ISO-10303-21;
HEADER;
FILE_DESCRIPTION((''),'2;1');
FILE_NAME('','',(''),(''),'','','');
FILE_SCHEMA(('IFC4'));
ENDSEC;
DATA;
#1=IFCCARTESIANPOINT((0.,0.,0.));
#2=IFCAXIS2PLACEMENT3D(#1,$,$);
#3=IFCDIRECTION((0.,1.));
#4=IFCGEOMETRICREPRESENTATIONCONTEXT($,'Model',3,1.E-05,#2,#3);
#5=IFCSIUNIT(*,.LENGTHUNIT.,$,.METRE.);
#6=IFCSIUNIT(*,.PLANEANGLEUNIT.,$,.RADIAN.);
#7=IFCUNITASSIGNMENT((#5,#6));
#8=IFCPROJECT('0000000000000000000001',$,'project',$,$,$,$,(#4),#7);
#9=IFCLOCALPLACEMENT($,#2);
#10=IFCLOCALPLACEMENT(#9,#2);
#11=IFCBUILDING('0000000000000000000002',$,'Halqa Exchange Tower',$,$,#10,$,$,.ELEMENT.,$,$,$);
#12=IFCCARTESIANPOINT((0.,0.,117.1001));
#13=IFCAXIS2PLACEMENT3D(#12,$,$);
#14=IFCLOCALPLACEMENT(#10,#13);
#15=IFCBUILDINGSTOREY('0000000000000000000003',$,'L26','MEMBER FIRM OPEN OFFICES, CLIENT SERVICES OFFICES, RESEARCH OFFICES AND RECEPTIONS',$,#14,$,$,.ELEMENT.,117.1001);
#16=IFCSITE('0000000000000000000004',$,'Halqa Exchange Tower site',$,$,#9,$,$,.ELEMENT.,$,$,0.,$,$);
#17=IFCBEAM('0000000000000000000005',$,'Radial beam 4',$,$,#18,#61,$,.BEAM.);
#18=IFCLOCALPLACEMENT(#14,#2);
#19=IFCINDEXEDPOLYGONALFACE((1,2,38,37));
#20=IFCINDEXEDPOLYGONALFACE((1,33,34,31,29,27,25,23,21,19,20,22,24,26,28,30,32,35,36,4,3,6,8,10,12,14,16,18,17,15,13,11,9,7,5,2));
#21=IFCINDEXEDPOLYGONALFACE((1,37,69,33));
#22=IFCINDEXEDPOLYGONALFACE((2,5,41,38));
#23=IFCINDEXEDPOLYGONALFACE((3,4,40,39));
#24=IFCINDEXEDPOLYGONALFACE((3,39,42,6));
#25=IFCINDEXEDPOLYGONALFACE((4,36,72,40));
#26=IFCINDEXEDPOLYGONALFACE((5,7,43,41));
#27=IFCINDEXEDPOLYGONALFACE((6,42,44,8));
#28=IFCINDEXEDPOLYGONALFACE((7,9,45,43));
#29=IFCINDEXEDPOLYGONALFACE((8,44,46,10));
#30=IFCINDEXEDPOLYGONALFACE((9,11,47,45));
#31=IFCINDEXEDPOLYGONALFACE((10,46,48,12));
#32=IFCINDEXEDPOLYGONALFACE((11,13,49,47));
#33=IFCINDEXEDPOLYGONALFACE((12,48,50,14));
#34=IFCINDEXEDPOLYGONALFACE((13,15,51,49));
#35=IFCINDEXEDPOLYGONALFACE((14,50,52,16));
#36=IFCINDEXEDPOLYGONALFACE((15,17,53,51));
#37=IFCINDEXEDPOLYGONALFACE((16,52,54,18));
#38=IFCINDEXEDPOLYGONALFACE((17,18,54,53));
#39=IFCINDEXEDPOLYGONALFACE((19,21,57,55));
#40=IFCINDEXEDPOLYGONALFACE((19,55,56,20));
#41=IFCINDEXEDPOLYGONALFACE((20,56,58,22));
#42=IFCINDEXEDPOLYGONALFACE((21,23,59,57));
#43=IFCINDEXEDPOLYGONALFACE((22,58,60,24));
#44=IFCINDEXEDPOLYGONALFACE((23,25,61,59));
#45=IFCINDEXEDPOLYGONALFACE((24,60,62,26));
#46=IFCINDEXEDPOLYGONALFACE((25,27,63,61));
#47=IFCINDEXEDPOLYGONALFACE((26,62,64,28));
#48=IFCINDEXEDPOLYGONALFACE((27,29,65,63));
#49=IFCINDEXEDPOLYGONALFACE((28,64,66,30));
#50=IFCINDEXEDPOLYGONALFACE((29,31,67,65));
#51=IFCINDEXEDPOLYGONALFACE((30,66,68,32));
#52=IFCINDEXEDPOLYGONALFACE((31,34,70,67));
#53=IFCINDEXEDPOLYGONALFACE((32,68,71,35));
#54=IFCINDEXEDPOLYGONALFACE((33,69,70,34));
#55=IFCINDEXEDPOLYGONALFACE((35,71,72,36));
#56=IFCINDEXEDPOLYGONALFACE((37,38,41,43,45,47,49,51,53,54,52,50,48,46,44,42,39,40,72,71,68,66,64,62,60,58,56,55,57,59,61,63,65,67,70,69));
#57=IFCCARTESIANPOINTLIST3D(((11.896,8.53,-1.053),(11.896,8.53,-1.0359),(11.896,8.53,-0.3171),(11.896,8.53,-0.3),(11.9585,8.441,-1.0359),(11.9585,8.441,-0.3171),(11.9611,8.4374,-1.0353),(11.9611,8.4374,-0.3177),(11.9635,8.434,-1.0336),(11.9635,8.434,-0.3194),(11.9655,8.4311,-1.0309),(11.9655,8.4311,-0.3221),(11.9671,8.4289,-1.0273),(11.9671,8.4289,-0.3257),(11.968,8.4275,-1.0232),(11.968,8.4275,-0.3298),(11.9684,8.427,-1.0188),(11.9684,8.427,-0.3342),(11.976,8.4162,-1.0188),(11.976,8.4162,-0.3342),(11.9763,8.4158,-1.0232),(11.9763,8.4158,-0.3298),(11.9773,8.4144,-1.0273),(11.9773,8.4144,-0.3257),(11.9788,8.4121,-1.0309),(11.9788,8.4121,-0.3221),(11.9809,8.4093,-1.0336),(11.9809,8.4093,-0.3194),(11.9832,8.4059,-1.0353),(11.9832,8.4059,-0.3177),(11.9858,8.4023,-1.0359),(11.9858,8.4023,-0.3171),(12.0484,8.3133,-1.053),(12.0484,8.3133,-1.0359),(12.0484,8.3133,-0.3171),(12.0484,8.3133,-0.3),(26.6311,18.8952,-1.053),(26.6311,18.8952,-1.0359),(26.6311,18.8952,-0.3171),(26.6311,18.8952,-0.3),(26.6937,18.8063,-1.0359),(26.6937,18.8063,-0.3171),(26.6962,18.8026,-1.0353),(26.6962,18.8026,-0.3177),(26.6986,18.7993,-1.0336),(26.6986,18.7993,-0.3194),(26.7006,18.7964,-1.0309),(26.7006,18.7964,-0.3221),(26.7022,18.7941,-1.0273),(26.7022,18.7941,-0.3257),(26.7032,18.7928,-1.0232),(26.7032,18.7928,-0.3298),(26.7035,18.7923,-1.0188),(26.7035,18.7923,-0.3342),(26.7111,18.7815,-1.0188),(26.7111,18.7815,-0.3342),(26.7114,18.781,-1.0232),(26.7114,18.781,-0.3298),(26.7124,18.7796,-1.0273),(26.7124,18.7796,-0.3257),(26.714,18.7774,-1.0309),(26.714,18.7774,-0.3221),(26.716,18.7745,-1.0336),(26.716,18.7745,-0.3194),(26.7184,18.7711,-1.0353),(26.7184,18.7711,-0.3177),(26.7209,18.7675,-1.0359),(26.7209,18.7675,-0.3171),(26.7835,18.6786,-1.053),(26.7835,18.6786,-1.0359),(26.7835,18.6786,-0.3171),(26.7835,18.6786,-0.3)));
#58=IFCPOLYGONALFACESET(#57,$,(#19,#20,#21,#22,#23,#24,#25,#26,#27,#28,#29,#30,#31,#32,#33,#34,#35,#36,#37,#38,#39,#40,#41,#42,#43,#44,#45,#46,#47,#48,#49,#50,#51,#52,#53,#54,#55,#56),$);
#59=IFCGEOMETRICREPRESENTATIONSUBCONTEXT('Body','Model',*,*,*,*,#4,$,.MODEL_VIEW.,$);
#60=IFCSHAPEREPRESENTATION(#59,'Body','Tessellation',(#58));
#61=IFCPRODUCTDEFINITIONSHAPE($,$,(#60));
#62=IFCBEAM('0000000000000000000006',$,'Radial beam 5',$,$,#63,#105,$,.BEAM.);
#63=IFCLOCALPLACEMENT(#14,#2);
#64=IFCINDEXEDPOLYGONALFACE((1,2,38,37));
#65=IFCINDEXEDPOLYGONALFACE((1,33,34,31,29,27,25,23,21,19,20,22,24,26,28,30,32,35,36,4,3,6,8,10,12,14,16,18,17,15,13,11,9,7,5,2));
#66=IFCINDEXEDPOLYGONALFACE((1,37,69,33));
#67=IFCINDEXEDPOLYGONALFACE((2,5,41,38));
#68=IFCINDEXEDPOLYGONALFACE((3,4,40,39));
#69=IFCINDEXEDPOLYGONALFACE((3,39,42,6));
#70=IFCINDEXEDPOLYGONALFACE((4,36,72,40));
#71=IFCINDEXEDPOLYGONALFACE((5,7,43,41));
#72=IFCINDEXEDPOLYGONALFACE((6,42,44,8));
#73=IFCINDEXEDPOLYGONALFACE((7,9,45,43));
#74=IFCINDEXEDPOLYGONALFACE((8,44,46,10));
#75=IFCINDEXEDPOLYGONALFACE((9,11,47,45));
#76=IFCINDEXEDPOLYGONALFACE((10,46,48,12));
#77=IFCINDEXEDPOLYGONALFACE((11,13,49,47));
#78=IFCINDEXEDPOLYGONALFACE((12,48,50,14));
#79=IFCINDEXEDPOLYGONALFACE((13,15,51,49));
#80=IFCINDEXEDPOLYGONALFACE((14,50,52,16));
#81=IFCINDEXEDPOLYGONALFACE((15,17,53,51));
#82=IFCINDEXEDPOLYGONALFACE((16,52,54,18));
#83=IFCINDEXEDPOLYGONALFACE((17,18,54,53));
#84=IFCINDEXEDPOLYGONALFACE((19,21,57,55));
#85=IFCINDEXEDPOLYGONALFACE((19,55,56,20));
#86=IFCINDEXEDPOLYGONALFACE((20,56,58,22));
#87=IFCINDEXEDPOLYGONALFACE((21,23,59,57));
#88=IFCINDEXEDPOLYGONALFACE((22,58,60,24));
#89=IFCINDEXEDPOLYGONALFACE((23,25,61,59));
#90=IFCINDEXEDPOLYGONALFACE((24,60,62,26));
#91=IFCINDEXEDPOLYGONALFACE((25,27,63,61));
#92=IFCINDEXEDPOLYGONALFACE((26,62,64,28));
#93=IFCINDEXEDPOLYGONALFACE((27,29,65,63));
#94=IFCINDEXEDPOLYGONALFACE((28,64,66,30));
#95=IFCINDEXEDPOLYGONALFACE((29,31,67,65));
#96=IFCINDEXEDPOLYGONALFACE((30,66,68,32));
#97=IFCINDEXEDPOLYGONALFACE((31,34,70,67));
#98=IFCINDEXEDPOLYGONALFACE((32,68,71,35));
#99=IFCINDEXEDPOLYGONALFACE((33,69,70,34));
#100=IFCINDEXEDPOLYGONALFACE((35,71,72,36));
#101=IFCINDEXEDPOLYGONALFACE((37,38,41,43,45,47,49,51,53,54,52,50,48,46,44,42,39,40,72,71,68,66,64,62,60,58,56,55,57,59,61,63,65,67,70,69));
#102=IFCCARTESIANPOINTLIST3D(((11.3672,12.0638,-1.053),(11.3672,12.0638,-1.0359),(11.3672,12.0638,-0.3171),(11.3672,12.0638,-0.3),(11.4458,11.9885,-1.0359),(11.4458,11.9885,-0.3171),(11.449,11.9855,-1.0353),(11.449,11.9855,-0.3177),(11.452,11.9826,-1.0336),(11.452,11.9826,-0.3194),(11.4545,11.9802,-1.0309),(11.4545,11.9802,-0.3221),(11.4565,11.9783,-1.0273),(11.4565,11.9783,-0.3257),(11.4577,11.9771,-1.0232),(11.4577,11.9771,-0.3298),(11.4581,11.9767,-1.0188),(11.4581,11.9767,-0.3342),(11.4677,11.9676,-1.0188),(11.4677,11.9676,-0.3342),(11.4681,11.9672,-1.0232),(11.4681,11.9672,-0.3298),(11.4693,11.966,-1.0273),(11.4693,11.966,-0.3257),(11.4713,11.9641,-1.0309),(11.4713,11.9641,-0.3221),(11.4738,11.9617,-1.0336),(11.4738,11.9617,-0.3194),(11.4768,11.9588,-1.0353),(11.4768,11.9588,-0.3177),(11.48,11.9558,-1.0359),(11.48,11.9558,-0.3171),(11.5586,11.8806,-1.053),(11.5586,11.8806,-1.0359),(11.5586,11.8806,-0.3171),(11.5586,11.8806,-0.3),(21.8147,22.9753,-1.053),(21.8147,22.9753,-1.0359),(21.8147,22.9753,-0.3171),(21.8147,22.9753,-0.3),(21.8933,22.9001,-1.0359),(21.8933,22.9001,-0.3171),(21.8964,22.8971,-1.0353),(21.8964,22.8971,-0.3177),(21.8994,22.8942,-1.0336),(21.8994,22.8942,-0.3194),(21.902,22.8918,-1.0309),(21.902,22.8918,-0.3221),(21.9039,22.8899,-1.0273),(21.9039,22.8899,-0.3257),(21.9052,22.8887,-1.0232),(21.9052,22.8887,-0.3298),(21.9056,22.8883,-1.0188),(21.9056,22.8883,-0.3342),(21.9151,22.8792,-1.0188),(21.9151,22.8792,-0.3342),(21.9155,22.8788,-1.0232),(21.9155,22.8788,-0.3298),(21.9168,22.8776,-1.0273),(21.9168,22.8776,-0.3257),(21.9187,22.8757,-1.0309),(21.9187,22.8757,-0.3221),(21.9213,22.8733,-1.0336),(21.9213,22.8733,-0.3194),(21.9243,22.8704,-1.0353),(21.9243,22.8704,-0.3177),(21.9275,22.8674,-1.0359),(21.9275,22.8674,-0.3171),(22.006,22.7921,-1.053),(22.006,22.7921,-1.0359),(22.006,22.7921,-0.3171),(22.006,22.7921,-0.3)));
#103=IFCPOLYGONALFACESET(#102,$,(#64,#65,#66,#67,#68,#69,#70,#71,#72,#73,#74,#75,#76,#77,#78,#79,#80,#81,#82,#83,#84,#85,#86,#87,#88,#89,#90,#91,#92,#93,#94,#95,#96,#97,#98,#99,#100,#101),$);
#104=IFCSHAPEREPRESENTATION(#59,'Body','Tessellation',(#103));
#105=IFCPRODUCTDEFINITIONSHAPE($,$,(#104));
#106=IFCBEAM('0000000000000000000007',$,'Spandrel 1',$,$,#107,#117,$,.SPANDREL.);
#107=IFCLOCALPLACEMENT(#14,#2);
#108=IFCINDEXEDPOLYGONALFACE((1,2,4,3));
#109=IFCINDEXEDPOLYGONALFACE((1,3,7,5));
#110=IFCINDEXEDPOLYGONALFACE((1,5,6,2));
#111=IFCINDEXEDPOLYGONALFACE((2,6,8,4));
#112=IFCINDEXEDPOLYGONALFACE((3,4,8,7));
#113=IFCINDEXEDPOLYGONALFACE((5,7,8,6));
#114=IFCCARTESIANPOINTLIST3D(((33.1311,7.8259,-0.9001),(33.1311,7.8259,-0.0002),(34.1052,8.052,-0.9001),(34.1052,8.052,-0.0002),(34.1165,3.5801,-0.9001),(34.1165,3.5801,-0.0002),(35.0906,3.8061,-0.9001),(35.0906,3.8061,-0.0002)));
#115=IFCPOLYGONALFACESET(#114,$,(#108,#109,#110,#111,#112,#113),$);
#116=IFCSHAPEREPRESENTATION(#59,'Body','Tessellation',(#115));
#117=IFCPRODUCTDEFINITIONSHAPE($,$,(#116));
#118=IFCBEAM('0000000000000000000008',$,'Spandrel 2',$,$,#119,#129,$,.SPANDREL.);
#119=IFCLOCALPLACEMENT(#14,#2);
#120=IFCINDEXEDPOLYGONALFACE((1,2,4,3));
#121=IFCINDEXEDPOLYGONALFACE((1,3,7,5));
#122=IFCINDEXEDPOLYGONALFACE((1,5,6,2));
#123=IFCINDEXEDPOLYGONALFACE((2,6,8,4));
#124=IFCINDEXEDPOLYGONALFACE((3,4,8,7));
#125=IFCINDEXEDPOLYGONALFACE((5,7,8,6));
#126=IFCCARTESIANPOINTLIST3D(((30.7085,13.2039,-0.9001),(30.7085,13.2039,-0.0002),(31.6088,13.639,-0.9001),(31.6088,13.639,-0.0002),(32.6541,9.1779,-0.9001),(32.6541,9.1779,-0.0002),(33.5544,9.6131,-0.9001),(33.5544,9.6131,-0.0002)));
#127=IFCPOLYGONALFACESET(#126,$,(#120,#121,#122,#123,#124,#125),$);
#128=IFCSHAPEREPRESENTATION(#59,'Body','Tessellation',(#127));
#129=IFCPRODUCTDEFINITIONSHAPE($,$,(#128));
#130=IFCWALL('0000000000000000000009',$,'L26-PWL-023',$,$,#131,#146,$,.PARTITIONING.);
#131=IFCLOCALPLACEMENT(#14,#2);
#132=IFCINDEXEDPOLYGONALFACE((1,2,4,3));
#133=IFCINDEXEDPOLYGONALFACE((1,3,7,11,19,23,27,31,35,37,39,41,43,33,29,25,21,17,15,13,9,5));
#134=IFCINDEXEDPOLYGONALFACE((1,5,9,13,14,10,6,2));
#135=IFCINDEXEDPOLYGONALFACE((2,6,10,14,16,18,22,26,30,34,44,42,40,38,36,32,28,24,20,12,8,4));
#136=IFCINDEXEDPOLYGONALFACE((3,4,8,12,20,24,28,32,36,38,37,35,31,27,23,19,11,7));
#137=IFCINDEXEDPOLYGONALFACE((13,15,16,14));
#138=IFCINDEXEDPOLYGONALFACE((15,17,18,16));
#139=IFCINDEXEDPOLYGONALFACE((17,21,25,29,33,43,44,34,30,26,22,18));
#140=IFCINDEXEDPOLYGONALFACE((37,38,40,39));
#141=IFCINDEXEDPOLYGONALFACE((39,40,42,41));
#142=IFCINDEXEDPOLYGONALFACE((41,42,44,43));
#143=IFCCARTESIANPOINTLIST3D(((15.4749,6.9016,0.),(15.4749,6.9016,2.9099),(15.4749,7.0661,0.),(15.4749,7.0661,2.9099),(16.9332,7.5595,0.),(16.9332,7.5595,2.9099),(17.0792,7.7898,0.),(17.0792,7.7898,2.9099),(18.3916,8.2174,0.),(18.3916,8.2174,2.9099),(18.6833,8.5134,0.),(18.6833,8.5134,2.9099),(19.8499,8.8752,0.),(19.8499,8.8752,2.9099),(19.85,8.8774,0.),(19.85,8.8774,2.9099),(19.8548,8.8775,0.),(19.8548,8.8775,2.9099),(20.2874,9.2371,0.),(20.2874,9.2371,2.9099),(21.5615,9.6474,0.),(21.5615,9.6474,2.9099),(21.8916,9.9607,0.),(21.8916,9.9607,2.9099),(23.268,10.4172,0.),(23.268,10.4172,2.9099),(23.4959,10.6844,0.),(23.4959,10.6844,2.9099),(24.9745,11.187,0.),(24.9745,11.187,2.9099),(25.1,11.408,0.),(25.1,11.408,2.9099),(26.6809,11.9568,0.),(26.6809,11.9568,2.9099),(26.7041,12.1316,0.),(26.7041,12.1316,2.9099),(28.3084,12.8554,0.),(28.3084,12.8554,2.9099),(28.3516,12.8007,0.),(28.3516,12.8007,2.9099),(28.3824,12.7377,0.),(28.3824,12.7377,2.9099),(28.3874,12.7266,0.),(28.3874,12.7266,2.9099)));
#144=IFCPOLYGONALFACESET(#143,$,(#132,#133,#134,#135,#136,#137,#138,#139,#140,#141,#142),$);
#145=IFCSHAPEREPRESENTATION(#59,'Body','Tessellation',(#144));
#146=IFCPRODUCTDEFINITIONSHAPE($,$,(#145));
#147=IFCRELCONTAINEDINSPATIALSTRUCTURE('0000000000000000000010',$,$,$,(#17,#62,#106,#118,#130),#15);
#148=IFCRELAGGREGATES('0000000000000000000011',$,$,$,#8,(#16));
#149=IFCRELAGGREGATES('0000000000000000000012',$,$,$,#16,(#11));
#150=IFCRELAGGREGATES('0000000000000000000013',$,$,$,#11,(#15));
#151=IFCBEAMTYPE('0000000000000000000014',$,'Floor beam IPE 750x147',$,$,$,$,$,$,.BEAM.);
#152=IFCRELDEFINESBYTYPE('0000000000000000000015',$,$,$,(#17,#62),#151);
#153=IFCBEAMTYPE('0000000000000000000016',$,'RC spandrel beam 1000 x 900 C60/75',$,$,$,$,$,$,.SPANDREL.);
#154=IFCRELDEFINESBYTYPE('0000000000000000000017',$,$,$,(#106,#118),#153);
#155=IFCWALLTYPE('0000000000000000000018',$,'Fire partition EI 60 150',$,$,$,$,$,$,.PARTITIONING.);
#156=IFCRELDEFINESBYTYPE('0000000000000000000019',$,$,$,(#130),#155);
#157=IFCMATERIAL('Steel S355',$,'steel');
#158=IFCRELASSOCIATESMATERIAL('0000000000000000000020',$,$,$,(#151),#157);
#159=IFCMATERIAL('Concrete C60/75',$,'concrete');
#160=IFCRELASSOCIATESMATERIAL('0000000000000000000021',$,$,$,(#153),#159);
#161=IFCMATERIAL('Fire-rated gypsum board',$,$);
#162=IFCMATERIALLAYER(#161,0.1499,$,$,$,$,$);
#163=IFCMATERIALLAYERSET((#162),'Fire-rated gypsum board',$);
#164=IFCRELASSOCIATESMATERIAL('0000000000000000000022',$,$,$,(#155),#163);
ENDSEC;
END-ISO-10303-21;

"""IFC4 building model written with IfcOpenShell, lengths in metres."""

from ifc_helpers import new_model, si_unit, direction, frame, origin, origin_2d, place, context, subcontext, project, spatial, polyline, rectangle, i_section, outline, extrude, material, layer, layer_set, material_profile, profile_set, type_object, element, save


model = new_model("IFC4")

# Units and contexts
model_context = context("Model", 3, precision=1e-05, world=origin(), true_north=direction((0.0, 1.0)))
body_context = subcontext(model_context, "Body", "Model", "MODEL_VIEW")
ifc_project = project(units=[si_unit("LENGTHUNIT", "METRE"), si_unit("PLANEANGLEUNIT", "RADIAN")], contexts=[model_context])

# Site, building, storey
site_placement = place(None, origin())
site = spatial("IfcSite", under=ifc_project, at=site_placement, Name="Halqa Exchange Tower site", CompositionType="ELEMENT", RefElevation=0.0)
building_placement = place(site_placement, origin())
building = spatial("IfcBuilding", under=site, at=building_placement, Name="Halqa Exchange Tower", CompositionType="ELEMENT")
storey_placement = place(building_placement, frame((0.0, 0.0, 117.1001)))
storey = spatial("IfcBuildingStorey", under=building, at=storey_placement, Name="L26", Description="MEMBER FIRM OPEN OFFICES, CLIENT SERVICES OFFICES, RESEARCH OFFICES AND RECEPTIONS", CompositionType="ELEMENT", Elevation=117.1001)

# Beams
ifc_material_1 = material(Name="Steel S355", Category="steel")
ifc_material_profile_1 = material_profile(ifc_material_1, i_section(OverallWidth=0.2649, OverallDepth=0.7529, WebThickness=0.0132, FlangeThickness=0.0171, FilletRadius=0.0171, at=origin_2d()), Name="IPE 750x147")
ifc_profile_set_1 = profile_set([ifc_material_profile_1], Name="Steel S355")
beam_type_1 = type_object("IfcBeamType", Name="Floor beam IPE 750x147", PredefinedType="BEAM", material=ifc_profile_set_1)
beam_1_placement = place(storey_placement, frame((11.9722, 8.4216, -0.6765), z_axis=(0.817909, 0.575348, 0.0), x_axis=(-0.575348, 0.817909, 0.0)))
element("IfcBeam", 1, at=beam_1_placement, inside=storey, type_object=beam_type_1, Name="Radial beam 4", PredefinedType="BEAM", context=body_context, shape_type="SweptSolid", body=[
    extrude(i_section(OverallWidth=0.2649, OverallDepth=0.7529, WebThickness=0.0132, FlangeThickness=0.0171, FilletRadius=0.0171, at=origin_2d()), origin(), (0.0, 0.0, 1.0), 18.0156),
])
beam_2_placement = place(storey_placement, frame((11.4629, 11.9722, -0.6765), z_axis=(0.691579, 0.722301, 0.0), x_axis=(-0.722301, 0.691579, 0.0)))
element("IfcBeam", 2, at=beam_2_placement, inside=storey, type_object=beam_type_1, Name="Radial beam 5", PredefinedType="BEAM", context=body_context, shape_type="SweptSolid", body=[
    extrude(i_section(OverallWidth=0.2649, OverallDepth=0.7529, WebThickness=0.0132, FlangeThickness=0.0171, FilletRadius=0.0171, at=origin_2d()), origin(), (0.0, 0.0, 1.0), 15.1067),
])
ifc_material_2 = material(Name="Concrete C60/75", Category="concrete")
ifc_material_profile_2 = material_profile(ifc_material_2, rectangle(XDim=1.0, YDim=0.8999, at=origin_2d()), Name="1000 x 900")
ifc_profile_set_2 = profile_set([ifc_material_profile_2], Name="Concrete C60/75")
beam_type_2 = type_object("IfcBeamType", Name="RC spandrel beam 1000 x 900 C60/75", PredefinedType="SPANDREL", material=ifc_profile_set_2)
beam_3_placement = place(storey_placement, frame((34.6035, 3.6931, -0.4502), z_axis=(-0.226066, 0.974112, 0.0), x_axis=(-0.974112, -0.226066, 0.0)))
element("IfcBeam", 3, at=beam_3_placement, inside=storey, type_object=beam_type_2, Name="Spandrel 1", PredefinedType="SPANDREL", context=body_context, shape_type="SweptSolid", body=[
    extrude(rectangle(XDim=1.0, YDim=0.8999, at=origin_2d()), origin(), (0.0, 0.0, 1.0), 4.3586),
])
beam_4_placement = place(storey_placement, frame((33.1042, 9.3955, -0.4502), z_axis=(-0.435117, 0.900374, 0.0), x_axis=(-0.900374, -0.435117, 0.0)))
element("IfcBeam", 4, at=beam_4_placement, inside=storey, type_object=beam_type_2, Name="Spandrel 2", PredefinedType="SPANDREL", context=body_context, shape_type="SweptSolid", body=[
    extrude(rectangle(XDim=1.0, YDim=0.8999, at=origin_2d()), origin(), (0.0, 0.0, 1.0), 4.4714),
])

# Wall
ifc_material_3 = material(Name="Fire-rated gypsum board")
ifc_layer_1 = layer(ifc_material_3, 0.1499)
ifc_layer_set_1 = layer_set([ifc_layer_1], Name="Fire-rated gypsum board")
wall_type_1 = type_object("IfcWallType", Name="Fire partition EI 60 150", PredefinedType="PARTITIONING", material=ifc_layer_set_1)
wall_1_placement = place(storey_placement, frame((15.4441, 6.97, 0.0), z_axis=(0.0, 0.0, 1.0), x_axis=(0.911544, 0.411203, 0.0)))
element("IfcWall", 5, at=wall_1_placement, inside=storey, type_object=wall_type_1, Name="L26-PWL-023", PredefinedType="PARTITIONING", context=body_context, shape_type="SweptSolid", body=[
    extrude(outline(polyline([(0.0, -0.075), (1.5999, -0.075), (3.1997, -0.075), (4.7996, -0.075), (4.8005, -0.073), (4.8049, -0.075), (6.6772, -0.075), (8.5493, -0.075), (10.4214, -0.075), (12.2935, -0.075), (14.1655, -0.075), (14.1655, -0.0627), (14.1633, 0.0073), (14.1465, 0.075), (12.3865, 0.075), (10.6267, 0.075), (8.8669, 0.075), (7.1069, 0.075), (5.3472, 0.075), (3.5874, 0.075), (1.8276, 0.075), (0.0676, 0.075), (0.0, -0.075)])), origin(), (0.0, 0.0, 1.0), 2.9099),
])

save(model, "model.ifc")
